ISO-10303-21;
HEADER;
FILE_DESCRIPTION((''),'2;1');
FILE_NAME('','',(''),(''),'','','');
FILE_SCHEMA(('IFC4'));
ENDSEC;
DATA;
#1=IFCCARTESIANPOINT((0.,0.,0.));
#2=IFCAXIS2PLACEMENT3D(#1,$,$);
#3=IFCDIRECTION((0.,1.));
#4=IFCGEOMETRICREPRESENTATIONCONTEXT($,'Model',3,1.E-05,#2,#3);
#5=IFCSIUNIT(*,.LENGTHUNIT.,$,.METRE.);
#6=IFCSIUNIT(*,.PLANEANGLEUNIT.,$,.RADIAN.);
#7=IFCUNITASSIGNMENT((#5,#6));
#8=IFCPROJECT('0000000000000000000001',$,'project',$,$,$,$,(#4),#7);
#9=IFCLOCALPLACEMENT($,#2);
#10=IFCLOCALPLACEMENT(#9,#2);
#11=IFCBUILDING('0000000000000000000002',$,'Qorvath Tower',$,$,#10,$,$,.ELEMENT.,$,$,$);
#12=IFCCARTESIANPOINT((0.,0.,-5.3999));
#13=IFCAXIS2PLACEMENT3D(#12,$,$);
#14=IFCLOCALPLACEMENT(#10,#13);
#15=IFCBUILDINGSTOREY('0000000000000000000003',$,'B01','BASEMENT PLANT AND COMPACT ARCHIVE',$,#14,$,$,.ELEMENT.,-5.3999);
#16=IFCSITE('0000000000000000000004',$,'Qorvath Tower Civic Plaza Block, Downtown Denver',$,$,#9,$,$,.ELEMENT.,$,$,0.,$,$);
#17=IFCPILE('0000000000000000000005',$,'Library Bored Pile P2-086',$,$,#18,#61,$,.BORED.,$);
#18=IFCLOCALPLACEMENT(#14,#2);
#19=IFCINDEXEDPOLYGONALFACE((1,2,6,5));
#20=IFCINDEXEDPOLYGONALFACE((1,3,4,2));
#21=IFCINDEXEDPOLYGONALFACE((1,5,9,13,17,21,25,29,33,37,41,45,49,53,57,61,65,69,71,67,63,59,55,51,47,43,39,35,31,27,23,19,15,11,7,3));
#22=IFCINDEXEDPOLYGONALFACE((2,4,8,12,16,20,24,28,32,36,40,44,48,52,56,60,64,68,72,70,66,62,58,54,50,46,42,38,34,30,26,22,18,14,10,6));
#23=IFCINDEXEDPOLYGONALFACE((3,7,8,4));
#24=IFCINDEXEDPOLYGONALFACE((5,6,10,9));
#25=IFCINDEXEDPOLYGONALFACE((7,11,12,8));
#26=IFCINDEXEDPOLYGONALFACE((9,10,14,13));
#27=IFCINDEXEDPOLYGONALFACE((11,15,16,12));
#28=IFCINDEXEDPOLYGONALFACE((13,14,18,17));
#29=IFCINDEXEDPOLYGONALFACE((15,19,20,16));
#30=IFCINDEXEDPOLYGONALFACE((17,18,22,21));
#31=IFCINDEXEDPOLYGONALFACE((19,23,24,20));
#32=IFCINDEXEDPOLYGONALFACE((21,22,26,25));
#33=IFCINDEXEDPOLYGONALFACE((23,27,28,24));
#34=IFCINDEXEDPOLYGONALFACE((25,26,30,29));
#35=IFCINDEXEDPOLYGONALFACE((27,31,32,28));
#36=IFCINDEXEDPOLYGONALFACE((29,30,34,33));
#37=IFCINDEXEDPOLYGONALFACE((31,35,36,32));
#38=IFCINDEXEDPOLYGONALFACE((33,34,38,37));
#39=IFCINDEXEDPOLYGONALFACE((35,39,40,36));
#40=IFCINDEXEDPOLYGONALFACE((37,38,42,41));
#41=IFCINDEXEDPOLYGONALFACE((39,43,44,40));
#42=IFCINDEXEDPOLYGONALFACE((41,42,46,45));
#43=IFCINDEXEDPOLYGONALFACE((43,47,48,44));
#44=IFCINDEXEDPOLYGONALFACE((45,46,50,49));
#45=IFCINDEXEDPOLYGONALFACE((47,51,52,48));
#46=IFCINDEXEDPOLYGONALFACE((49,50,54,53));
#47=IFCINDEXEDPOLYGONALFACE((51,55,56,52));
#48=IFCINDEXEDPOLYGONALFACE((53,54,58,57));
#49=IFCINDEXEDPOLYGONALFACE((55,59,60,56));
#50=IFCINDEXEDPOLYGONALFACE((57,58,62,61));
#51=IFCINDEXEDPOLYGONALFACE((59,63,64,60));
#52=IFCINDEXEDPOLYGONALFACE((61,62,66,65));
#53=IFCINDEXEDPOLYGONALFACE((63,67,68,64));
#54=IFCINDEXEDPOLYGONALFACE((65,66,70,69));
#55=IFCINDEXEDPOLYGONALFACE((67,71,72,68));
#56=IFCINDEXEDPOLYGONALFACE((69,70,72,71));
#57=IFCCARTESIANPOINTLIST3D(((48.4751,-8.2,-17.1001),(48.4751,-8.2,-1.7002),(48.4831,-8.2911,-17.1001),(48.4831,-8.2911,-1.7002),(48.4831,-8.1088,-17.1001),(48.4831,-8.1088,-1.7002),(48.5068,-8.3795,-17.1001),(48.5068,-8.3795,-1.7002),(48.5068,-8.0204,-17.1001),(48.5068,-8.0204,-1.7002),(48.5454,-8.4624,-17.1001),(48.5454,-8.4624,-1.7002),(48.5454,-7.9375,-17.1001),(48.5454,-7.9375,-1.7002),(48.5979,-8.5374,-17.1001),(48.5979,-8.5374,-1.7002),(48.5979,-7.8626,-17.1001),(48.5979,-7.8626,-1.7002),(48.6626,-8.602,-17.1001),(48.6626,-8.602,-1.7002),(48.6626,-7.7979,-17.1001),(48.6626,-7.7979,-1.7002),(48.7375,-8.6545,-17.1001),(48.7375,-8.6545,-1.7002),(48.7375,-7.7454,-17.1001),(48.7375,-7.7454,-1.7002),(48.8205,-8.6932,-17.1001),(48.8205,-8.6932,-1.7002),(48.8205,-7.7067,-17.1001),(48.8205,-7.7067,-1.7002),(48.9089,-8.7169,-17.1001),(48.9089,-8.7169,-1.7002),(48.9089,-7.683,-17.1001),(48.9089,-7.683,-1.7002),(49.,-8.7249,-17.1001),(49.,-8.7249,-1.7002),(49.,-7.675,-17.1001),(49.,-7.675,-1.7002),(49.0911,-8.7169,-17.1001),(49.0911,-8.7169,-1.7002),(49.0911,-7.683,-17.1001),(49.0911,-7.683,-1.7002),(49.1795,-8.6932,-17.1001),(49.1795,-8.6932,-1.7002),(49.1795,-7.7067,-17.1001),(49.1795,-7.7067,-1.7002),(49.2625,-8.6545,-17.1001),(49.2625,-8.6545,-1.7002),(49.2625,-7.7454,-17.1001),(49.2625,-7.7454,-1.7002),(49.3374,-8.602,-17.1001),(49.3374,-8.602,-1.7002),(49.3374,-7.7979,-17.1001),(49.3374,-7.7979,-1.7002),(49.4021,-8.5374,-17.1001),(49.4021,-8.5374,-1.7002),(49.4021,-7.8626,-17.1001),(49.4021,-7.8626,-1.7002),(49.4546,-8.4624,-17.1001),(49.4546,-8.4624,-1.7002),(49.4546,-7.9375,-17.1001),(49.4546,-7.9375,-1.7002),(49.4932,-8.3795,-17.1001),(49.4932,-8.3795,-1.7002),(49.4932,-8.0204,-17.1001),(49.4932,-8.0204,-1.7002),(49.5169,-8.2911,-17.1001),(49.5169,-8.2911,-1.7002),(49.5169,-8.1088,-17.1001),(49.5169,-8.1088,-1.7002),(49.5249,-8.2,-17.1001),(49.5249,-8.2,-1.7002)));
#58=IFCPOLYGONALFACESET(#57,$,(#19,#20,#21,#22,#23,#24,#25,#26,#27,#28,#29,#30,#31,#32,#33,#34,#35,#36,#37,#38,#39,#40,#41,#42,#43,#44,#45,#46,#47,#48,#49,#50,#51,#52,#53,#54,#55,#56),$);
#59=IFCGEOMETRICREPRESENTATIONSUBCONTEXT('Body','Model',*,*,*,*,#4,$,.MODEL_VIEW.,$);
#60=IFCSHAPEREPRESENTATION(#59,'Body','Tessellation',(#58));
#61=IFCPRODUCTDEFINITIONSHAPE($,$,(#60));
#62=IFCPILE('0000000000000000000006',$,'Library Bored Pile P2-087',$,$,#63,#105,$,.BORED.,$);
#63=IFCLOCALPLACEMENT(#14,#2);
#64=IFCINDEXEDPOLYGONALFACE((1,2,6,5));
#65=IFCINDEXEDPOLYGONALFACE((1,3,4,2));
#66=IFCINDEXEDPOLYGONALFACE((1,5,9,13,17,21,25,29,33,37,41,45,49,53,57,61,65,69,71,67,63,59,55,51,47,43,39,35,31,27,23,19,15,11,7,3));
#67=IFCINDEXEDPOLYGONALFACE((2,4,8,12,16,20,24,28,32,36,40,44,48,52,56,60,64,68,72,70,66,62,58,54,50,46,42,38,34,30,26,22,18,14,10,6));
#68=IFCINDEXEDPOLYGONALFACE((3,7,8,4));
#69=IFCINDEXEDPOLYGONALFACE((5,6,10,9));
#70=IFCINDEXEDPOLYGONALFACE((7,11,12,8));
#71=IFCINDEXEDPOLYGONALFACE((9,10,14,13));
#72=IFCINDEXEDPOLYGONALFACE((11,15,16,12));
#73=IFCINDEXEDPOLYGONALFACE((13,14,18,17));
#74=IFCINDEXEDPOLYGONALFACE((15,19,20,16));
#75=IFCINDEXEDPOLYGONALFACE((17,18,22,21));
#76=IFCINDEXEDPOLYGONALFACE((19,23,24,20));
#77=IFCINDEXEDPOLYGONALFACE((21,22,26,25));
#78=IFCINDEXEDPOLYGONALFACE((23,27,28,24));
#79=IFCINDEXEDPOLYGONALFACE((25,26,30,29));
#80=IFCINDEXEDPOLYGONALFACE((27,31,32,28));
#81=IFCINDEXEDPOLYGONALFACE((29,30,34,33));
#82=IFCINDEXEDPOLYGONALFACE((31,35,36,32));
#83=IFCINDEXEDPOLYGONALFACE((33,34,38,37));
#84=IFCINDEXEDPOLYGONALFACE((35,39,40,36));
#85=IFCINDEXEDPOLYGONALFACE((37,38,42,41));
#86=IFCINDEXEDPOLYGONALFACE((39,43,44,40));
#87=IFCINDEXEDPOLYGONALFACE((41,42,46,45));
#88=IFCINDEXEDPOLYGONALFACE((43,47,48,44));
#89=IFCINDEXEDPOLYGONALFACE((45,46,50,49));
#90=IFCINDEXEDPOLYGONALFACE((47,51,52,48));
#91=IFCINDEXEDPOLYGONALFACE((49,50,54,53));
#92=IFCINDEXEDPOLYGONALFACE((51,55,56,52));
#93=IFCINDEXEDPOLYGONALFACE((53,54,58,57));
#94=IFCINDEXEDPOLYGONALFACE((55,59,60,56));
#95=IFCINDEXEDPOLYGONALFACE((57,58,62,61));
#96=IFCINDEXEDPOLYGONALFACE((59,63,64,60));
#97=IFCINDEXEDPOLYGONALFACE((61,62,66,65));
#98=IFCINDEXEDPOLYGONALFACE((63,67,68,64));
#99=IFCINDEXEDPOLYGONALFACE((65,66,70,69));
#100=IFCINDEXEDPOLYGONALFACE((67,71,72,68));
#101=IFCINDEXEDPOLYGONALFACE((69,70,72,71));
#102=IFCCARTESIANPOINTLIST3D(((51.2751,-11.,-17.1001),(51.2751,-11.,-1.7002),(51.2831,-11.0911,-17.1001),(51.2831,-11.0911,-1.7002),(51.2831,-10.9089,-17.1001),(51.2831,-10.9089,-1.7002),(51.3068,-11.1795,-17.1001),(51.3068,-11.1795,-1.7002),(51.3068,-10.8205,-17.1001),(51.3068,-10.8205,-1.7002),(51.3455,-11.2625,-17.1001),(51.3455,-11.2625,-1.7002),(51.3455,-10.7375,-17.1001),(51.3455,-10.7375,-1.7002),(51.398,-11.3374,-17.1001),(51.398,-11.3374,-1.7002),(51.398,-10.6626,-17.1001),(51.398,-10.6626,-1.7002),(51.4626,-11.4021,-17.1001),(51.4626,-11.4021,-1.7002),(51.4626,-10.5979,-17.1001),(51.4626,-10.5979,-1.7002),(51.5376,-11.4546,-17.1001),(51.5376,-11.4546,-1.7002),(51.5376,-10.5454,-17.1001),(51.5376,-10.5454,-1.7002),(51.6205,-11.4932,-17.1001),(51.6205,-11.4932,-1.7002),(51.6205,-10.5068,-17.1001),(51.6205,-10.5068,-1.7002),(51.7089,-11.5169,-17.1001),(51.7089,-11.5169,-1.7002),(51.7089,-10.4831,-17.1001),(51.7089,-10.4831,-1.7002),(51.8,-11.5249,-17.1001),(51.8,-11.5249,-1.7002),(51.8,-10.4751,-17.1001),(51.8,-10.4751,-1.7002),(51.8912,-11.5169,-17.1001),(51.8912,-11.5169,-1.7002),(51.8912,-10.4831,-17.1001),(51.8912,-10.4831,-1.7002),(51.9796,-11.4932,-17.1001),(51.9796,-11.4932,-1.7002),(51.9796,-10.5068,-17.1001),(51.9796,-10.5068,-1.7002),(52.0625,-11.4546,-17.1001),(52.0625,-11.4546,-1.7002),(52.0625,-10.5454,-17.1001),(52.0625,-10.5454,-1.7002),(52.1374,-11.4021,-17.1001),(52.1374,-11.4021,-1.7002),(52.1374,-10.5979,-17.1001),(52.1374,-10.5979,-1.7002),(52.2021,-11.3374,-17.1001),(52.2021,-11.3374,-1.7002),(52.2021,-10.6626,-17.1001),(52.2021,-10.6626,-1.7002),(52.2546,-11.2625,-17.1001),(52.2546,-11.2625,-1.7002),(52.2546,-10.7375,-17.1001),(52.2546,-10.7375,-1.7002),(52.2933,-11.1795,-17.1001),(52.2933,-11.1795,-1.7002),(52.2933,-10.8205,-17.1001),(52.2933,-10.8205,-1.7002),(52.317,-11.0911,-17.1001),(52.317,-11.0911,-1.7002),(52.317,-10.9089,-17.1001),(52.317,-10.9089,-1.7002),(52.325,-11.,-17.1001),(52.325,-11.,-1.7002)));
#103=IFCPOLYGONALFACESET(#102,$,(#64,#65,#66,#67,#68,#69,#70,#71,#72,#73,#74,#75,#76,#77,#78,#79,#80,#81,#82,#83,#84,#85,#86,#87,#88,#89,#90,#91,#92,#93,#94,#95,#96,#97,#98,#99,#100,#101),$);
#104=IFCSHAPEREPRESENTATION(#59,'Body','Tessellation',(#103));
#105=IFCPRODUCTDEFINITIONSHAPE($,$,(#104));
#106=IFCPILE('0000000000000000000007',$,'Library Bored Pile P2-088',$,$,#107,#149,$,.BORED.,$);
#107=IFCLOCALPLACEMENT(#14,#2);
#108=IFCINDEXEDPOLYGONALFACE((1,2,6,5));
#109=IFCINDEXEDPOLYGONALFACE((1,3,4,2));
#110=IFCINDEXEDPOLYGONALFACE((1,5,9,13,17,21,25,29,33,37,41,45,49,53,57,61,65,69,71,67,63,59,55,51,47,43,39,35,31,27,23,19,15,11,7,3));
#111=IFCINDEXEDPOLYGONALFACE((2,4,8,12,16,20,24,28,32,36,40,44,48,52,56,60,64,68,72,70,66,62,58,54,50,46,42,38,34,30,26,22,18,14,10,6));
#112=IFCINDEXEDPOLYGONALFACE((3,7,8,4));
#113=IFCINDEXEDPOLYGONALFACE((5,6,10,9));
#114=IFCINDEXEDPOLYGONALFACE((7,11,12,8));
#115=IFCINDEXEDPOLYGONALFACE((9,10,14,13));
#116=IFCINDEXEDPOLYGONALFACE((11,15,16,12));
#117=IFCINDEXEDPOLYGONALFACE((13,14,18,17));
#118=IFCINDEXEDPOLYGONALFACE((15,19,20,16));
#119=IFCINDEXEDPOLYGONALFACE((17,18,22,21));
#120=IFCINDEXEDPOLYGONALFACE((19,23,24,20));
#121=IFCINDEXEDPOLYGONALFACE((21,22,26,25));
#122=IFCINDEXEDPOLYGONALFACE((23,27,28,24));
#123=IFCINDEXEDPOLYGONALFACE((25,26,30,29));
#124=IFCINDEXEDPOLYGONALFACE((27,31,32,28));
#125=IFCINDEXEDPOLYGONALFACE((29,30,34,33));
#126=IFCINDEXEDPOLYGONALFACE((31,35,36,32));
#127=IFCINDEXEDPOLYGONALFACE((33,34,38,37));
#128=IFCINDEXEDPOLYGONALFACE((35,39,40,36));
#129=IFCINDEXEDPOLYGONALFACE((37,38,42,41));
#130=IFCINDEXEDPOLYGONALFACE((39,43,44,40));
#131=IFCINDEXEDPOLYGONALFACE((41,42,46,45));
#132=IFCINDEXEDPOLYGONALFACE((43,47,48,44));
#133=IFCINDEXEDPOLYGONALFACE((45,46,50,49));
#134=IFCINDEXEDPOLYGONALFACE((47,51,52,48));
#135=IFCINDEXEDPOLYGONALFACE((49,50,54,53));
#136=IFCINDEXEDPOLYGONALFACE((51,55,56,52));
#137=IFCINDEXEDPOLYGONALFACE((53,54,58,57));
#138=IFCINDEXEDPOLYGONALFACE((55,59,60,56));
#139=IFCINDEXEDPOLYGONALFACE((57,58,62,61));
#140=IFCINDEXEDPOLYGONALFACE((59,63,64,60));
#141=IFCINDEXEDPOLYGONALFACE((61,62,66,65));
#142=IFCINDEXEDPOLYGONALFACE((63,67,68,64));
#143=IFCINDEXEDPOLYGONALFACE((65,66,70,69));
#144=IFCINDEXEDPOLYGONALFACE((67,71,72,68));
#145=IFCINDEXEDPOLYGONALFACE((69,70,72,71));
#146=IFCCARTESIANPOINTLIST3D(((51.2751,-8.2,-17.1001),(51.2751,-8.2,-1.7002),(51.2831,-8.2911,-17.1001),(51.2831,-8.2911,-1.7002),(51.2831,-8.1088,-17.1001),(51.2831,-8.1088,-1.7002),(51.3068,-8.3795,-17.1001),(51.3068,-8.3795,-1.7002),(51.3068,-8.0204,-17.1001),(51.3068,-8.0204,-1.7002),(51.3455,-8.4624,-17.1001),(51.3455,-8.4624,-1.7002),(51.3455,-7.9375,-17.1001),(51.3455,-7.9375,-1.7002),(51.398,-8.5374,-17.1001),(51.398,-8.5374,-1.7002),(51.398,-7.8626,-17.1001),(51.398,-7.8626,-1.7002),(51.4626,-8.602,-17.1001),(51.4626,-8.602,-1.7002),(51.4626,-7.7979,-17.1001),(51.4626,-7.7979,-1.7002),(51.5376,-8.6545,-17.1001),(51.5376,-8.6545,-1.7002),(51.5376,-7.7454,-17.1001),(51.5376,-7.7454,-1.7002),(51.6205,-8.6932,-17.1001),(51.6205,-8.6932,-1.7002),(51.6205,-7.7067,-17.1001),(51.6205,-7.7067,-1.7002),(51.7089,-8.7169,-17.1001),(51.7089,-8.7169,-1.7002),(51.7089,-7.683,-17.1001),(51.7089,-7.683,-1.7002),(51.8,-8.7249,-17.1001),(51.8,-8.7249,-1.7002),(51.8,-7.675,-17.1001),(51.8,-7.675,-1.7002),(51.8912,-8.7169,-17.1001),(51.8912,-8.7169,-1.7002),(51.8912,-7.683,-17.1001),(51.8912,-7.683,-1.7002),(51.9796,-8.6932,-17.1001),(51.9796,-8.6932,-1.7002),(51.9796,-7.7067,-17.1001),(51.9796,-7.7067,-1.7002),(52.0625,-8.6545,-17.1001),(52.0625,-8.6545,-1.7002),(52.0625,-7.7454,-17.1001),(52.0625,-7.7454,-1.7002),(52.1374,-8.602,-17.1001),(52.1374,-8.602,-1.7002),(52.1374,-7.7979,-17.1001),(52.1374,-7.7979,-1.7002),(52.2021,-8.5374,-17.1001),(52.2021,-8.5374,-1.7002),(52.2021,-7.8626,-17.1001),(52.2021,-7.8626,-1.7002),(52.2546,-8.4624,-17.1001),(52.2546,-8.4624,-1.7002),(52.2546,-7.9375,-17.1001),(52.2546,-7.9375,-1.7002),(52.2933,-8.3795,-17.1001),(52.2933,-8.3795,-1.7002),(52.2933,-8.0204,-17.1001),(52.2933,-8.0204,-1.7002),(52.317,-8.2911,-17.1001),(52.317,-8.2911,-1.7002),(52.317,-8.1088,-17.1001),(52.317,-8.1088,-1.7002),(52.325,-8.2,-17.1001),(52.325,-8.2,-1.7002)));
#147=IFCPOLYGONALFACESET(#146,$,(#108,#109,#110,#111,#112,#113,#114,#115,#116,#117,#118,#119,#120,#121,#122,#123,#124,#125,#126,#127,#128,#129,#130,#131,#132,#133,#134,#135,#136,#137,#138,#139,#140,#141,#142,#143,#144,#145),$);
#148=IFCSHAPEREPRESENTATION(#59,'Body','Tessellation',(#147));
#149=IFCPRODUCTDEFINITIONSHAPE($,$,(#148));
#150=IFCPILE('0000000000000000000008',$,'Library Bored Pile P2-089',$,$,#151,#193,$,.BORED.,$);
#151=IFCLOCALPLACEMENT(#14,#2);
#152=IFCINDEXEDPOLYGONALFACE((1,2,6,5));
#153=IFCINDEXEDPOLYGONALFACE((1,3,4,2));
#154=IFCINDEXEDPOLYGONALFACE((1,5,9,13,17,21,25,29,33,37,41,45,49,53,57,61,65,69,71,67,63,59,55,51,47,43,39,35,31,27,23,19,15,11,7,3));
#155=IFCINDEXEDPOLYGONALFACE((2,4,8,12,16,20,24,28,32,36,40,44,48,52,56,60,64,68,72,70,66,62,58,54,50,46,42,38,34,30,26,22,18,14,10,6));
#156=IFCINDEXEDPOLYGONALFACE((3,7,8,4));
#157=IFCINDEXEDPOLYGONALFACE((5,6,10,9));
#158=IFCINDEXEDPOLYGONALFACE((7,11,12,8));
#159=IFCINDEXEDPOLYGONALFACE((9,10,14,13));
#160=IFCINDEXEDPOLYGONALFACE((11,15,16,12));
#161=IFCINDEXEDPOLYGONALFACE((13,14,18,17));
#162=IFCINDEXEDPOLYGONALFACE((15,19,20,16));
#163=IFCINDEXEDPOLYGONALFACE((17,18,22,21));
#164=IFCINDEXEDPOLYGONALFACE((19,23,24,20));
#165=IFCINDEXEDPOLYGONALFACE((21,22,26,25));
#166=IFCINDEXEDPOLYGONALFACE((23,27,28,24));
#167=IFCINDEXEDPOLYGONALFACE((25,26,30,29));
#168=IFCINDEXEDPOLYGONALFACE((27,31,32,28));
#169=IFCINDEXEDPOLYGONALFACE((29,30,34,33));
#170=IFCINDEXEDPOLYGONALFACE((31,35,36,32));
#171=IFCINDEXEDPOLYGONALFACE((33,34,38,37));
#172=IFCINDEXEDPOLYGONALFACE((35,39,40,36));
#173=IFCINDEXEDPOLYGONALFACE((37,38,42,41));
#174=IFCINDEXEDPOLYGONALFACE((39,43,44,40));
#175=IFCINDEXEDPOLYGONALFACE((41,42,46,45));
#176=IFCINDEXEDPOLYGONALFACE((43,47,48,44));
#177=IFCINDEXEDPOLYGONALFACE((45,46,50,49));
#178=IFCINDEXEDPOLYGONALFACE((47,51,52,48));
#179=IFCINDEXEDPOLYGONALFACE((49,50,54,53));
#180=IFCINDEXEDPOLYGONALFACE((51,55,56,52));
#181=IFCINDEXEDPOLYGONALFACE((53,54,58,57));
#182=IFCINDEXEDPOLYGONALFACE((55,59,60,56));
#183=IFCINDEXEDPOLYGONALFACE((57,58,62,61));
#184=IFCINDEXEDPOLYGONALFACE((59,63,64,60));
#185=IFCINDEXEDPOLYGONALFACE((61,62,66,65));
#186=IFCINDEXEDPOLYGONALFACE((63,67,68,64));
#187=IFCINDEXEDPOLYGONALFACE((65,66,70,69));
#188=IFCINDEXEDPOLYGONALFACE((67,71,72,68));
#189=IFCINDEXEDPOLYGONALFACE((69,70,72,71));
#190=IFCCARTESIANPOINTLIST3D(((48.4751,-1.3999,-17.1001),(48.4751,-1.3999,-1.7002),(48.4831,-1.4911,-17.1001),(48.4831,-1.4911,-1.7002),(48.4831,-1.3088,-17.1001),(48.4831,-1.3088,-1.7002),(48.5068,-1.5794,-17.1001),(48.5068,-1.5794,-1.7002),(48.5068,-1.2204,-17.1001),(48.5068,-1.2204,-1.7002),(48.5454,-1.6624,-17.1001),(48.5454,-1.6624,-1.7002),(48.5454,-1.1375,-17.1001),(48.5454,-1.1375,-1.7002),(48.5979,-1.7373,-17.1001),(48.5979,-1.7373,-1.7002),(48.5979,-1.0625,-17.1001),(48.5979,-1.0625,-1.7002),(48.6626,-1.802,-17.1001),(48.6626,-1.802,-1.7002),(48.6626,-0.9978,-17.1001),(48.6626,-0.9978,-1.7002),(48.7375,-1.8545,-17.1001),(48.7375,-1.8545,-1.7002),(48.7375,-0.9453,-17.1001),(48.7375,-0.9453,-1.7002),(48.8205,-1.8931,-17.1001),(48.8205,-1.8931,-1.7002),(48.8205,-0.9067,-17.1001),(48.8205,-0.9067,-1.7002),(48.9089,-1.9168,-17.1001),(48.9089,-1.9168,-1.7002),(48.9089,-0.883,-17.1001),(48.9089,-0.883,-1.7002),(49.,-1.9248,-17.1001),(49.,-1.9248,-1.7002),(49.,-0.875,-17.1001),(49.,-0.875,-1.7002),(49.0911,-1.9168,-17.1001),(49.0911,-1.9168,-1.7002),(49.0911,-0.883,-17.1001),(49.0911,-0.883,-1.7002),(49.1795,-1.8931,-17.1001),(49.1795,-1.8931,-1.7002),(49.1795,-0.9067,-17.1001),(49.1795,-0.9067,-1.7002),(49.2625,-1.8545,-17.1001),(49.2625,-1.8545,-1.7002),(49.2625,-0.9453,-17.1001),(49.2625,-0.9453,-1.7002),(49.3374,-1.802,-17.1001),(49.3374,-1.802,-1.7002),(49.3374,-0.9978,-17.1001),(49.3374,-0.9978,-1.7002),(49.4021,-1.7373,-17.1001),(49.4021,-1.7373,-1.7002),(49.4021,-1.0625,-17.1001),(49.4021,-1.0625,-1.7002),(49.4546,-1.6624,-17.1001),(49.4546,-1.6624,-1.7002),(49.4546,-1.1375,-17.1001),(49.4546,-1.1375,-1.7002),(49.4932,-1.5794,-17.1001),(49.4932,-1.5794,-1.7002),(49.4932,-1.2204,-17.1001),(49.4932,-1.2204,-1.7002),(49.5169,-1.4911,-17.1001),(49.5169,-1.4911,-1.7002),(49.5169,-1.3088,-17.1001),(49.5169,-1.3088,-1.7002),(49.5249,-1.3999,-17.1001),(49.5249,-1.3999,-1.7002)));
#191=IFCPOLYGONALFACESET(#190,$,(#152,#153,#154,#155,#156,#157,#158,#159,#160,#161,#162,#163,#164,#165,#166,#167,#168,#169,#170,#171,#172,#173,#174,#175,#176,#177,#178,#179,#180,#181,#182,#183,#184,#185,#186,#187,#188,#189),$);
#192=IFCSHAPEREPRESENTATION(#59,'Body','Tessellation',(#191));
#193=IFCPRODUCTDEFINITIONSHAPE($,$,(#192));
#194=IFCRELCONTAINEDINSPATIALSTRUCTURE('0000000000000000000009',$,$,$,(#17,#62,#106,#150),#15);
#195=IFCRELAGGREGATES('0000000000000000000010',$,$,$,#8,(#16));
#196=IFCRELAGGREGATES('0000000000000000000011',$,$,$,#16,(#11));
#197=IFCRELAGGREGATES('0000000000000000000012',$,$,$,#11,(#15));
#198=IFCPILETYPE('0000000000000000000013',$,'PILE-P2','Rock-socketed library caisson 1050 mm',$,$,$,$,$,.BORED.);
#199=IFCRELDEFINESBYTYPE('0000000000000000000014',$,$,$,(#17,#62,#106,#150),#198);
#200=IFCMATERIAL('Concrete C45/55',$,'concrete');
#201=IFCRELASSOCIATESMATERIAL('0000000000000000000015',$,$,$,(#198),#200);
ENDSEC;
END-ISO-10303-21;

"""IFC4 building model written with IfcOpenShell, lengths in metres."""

from ifc_helpers import new_model, si_unit, direction, frame, origin, origin_2d, place, context, subcontext, project, spatial, circle, extrude, material, material_profile, profile_set, type_object, element, save


model = new_model("IFC4")

# Units and contexts
model_context = context("Model", 3, precision=1e-05, world=origin(), true_north=direction((0.0, 1.0)))
body_context = subcontext(model_context, "Body", "Model", "MODEL_VIEW")
ifc_project = project(units=[si_unit("LENGTHUNIT", "METRE"), si_unit("PLANEANGLEUNIT", "RADIAN")], contexts=[model_context])

# Site, building, storey
site_placement = place(None, origin())
site = spatial("IfcSite", under=ifc_project, at=site_placement, Name="Qorvath Tower Civic Plaza Block, Downtown Denver", CompositionType="ELEMENT", RefElevation=0.0)
building_placement = place(site_placement, origin())
building = spatial("IfcBuilding", under=site, at=building_placement, Name="Qorvath Tower", CompositionType="ELEMENT")
storey_placement = place(building_placement, frame((0.0, 0.0, -5.3999)))
storey = spatial("IfcBuildingStorey", under=building, at=storey_placement, Name="B01", Description="BASEMENT PLANT AND COMPACT ARCHIVE", CompositionType="ELEMENT", Elevation=-5.3999)

# Piles
ifc_material_1 = material(Name="Concrete C45/55", Category="concrete")
ifc_material_profile_1 = material_profile(ifc_material_1, circle(Radius=0.5249, at=origin_2d()), Name="BORED PILE 1050")
ifc_profile_set_1 = profile_set([ifc_material_profile_1], Name="Concrete C45/55")
pile_type = type_object("IfcPileType", Name="PILE-P2", Description="Rock-socketed library caisson 1050 mm", PredefinedType="BORED", material=ifc_profile_set_1)
for number, where, z_axis, x_axis, name in (
    (1, (49.0, -8.2, -1.7002), (0.0, 0.0, -1.0), (1.0, 0.0, 0.0), "Library Bored Pile P2-086"),
    (2, (51.8, -11.0, -1.7002), (0.0, 0.0, -1.0), (1.0, 0.0, 0.0), "Library Bored Pile P2-087"),
    (3, (51.8, -8.2, -1.7002), (0.0, 0.0, -1.0), (1.0, 0.0, 0.0), "Library Bored Pile P2-088"),
    (4, (49.0, -1.3999, -1.7002), (0.0, 0.0, -1.0), (1.0, 0.0, 0.0), "Library Bored Pile P2-089"),
):
    element("IfcPile", number, at=place(storey_placement, frame(where, z_axis=z_axis, x_axis=x_axis)), inside=storey, type_object=pile_type, Name=name, PredefinedType="BORED", context=body_context, shape_type="SweptSolid", body=[
        extrude(circle(Radius=0.5249, at=origin_2d()), origin(), (0.0, 0.0, 1.0), 15.3999),
    ])

save(model, "model.ifc")
